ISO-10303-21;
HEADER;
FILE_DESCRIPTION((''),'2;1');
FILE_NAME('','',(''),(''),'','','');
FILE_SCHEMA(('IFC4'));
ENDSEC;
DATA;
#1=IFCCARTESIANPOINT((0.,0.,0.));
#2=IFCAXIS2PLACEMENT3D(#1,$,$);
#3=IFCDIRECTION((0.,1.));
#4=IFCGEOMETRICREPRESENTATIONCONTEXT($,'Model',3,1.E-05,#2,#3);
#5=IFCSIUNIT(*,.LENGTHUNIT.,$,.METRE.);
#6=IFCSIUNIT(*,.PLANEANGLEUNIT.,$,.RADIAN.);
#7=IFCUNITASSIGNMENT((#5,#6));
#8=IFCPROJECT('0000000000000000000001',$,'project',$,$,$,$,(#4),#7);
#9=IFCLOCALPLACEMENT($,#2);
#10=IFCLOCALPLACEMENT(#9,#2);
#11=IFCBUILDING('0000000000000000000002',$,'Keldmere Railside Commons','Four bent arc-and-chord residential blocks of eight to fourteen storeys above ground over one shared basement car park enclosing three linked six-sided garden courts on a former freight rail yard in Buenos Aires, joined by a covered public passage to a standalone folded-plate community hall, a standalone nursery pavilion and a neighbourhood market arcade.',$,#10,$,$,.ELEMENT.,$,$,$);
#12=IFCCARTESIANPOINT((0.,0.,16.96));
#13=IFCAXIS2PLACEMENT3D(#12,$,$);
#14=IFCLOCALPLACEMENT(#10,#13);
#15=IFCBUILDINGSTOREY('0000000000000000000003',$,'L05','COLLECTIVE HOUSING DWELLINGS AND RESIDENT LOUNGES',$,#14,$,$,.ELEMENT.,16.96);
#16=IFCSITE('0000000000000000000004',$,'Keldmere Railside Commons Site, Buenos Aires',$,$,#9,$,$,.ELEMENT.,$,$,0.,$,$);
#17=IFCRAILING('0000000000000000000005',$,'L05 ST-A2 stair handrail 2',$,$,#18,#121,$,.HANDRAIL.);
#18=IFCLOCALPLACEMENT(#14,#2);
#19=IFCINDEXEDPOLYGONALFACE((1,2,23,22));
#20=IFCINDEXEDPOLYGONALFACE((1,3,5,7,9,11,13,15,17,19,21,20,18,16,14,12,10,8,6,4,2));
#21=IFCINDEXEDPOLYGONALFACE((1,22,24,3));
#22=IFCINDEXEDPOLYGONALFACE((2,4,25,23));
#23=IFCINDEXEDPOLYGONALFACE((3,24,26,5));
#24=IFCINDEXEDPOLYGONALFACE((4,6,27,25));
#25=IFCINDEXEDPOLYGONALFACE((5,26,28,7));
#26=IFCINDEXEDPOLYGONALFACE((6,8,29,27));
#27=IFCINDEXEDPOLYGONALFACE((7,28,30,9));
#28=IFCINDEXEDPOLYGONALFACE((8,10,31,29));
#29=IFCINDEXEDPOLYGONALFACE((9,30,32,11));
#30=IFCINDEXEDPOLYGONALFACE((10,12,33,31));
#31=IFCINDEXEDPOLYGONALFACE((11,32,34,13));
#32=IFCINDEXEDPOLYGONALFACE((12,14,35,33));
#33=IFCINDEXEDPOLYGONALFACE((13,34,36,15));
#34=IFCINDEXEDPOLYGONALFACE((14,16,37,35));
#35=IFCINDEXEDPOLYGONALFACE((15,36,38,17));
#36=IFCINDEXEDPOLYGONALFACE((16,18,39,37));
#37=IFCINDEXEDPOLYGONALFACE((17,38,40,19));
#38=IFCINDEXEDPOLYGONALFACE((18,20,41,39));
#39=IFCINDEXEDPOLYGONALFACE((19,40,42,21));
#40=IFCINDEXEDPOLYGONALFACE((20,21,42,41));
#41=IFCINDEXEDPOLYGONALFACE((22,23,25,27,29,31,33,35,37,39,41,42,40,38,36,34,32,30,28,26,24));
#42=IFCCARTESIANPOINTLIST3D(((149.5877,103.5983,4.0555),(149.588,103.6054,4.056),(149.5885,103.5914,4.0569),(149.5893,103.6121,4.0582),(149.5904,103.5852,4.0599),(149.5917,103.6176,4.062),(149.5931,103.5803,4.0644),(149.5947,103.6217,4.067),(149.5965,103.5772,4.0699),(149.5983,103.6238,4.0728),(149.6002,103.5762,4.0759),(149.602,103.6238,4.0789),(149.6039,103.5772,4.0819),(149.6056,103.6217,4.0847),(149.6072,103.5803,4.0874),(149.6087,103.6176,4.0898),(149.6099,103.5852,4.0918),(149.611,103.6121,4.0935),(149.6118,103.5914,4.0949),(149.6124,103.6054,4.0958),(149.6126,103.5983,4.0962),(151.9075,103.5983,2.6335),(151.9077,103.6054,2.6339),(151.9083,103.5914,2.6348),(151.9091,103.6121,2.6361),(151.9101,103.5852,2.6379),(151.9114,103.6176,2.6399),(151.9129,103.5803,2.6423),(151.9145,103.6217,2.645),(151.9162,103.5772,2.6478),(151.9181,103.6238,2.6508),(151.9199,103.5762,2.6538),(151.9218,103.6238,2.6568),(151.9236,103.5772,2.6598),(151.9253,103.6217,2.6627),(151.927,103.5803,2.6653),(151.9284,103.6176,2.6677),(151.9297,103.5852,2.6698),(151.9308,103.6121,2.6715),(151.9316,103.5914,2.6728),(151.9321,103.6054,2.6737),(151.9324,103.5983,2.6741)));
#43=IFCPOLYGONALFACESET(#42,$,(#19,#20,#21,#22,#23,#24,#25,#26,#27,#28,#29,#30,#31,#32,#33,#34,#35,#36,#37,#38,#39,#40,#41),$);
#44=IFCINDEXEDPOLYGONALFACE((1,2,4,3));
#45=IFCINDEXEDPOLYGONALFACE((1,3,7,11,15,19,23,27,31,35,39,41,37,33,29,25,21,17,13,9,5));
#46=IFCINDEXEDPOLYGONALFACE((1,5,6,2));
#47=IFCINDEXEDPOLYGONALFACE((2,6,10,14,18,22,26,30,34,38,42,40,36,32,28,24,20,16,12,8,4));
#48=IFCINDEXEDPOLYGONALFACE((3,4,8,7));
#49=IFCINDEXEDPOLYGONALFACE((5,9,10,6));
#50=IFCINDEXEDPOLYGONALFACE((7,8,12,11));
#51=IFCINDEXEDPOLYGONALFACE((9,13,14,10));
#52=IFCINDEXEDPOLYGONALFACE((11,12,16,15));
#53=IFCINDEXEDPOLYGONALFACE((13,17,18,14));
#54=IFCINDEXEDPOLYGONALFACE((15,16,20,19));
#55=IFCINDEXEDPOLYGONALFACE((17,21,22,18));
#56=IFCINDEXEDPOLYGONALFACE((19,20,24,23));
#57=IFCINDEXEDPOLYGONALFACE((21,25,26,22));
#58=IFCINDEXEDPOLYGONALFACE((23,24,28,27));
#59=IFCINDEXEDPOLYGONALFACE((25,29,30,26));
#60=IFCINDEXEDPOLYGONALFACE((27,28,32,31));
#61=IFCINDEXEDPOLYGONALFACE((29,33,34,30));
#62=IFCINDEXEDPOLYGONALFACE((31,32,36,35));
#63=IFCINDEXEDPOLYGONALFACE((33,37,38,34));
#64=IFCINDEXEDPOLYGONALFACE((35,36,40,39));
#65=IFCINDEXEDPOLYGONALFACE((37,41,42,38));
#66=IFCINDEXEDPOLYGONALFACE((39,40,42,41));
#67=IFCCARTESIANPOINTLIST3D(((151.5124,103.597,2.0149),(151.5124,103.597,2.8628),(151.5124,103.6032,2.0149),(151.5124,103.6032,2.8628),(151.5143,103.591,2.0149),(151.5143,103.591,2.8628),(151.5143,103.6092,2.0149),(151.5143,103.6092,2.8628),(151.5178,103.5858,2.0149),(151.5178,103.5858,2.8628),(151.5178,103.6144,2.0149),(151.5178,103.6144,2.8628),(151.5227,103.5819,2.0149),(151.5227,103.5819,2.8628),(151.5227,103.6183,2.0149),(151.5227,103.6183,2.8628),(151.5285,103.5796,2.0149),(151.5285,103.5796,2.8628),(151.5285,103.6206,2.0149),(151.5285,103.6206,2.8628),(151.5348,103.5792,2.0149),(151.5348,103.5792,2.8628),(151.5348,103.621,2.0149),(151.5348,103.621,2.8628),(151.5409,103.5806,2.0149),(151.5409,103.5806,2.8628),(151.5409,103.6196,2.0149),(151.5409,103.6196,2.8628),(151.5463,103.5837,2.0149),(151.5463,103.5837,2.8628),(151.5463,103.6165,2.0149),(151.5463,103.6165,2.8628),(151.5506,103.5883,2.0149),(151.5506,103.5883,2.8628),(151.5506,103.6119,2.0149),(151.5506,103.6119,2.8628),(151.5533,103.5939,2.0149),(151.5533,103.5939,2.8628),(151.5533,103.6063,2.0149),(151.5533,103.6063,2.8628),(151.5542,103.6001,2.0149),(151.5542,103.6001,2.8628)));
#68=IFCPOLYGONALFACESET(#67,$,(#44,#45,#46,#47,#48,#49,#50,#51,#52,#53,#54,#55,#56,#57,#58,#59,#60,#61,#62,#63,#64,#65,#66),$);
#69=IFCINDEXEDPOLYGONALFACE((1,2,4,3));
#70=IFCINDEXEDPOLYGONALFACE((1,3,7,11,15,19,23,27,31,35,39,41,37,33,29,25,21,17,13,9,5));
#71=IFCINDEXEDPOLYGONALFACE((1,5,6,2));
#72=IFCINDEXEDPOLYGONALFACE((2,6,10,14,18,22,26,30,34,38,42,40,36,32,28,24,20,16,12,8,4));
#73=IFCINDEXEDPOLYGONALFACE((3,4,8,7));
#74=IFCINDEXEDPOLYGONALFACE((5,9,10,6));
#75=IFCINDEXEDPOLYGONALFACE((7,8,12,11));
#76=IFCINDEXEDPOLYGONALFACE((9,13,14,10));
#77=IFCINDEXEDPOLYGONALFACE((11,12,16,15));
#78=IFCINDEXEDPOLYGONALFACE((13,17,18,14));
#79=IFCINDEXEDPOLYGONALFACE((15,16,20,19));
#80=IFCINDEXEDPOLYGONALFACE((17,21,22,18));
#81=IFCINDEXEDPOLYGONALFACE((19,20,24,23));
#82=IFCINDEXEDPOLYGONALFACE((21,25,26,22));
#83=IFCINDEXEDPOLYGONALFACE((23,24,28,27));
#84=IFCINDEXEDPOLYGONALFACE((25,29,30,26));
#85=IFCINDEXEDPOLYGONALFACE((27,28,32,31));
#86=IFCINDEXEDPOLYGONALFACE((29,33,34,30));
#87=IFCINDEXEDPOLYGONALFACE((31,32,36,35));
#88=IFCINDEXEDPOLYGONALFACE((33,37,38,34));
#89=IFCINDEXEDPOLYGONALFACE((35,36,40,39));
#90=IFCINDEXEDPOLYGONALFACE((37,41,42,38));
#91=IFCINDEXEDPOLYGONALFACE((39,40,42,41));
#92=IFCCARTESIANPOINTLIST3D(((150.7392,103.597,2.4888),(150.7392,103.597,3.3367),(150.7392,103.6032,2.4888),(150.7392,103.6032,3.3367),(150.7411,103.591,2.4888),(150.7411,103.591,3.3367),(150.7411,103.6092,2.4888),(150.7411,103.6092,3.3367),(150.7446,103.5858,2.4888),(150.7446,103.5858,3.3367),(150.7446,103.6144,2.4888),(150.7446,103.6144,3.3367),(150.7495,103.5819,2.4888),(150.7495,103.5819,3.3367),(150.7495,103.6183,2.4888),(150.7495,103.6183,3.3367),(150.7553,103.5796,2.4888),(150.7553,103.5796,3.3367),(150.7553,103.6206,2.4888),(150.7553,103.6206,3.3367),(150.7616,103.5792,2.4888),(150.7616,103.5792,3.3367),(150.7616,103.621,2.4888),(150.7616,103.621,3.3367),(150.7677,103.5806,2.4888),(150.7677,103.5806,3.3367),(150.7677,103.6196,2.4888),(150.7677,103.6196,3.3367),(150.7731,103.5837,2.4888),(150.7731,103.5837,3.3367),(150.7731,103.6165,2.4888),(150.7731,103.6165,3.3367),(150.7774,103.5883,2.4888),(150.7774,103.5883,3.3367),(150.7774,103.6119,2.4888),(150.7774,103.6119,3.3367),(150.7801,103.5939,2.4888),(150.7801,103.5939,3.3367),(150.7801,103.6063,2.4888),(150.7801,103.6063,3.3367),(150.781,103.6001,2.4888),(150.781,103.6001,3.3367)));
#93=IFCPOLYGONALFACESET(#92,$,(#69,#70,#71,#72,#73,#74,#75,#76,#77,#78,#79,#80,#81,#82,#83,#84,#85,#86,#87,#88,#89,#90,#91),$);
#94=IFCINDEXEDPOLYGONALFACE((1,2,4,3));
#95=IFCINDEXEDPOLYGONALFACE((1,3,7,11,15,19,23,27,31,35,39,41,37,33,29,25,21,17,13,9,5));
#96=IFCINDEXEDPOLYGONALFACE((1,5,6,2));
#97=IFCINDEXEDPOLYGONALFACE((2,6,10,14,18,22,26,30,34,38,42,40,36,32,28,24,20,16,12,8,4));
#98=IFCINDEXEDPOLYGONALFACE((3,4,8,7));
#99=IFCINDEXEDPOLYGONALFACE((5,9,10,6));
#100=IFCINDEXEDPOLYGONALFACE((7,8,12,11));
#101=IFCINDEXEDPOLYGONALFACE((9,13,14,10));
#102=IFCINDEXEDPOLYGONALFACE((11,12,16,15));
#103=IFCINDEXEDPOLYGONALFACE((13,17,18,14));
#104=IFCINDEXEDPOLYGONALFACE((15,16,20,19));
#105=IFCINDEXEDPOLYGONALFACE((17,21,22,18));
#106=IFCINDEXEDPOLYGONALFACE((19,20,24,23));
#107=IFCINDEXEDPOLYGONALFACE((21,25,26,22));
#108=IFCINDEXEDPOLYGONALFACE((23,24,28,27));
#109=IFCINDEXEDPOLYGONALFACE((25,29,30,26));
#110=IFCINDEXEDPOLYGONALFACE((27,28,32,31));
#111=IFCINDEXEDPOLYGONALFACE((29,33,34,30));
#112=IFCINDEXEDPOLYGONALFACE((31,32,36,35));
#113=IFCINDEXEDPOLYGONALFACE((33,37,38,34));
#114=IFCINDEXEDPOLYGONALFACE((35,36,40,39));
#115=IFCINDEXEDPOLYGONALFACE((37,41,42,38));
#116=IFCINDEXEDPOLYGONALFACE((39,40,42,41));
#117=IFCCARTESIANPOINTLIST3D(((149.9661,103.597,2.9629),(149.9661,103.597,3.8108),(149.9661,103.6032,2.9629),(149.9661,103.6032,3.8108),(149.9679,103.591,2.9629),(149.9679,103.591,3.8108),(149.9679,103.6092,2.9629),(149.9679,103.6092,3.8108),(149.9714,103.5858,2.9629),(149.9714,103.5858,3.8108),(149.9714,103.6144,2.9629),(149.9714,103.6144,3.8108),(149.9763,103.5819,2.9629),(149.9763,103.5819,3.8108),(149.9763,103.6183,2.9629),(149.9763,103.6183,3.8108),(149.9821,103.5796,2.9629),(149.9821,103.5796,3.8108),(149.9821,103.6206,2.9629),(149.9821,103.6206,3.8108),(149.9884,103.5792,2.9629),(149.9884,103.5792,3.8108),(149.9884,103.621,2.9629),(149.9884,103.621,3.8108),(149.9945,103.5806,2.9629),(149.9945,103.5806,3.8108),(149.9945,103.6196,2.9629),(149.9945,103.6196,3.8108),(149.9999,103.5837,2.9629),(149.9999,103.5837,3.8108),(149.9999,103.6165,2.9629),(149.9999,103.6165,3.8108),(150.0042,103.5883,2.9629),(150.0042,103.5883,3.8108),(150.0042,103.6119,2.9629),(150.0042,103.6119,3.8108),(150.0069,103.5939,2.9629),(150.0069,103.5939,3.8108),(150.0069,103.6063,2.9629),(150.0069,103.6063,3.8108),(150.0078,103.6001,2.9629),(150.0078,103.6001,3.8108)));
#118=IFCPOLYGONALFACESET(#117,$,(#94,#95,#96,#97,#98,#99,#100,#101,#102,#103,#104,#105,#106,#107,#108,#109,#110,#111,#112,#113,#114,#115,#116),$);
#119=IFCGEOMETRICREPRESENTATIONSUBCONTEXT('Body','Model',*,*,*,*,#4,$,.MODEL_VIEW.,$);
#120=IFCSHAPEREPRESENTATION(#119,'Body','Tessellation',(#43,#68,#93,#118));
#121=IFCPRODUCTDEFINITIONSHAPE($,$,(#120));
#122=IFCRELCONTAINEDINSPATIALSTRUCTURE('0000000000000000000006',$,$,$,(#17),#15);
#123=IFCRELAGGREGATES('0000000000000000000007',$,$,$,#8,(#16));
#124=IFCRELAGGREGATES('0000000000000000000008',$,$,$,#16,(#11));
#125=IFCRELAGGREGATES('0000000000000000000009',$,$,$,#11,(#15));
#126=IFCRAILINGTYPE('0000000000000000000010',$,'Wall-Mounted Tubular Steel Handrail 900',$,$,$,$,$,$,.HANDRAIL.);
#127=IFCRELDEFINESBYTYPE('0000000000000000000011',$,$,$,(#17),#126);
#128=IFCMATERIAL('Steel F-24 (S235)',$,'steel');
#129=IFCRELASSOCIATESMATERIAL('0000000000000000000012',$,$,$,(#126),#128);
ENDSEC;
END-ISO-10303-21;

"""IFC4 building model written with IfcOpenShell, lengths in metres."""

from ifc_helpers import new_model, si_unit, direction, frame, origin, origin_2d, place, context, subcontext, project, spatial, circle, extrude, material, type_object, element, save


model = new_model("IFC4")

# Units and contexts
model_context = context("Model", 3, precision=1e-05, world=origin(), true_north=direction((0.0, 1.0)))
body_context = subcontext(model_context, "Body", "Model", "MODEL_VIEW")
ifc_project = project(units=[si_unit("LENGTHUNIT", "METRE"), si_unit("PLANEANGLEUNIT", "RADIAN")], contexts=[model_context])

# Site, building, storey
site_placement = place(None, origin())
site = spatial("IfcSite", under=ifc_project, at=site_placement, Name="Keldmere Railside Commons Site, Buenos Aires", CompositionType="ELEMENT", RefElevation=0.0)
building_placement = place(site_placement, origin())
building = spatial("IfcBuilding", under=site, at=building_placement, Name="Keldmere Railside Commons", Description="Four bent arc-and-chord residential blocks of eight to fourteen storeys above ground over one shared basement car park enclosing three linked six-sided garden courts on a former freight rail yard in Buenos Aires, joined by a covered public passage to a standalone folded-plate community hall, a standalone nursery pavilion and a neighbourhood market arcade.", CompositionType="ELEMENT")
storey_placement = place(building_placement, frame((0.0, 0.0, 16.96)))
storey = spatial("IfcBuildingStorey", under=building, at=storey_placement, Name="L05", Description="COLLECTIVE HOUSING DWELLINGS AND RESIDENT LOUNGES", CompositionType="ELEMENT", Elevation=16.96)

# Shared definitions
ifc_material_1 = material(Name="Steel F-24 (S235)", Category="steel")

# Railing
railing_type_1 = type_object("IfcRailingType", Name="Wall-Mounted Tubular Steel Handrail 900", PredefinedType="HANDRAIL", material=ifc_material_1)
railing_1_placement = place(storey_placement, frame((151.9199, 103.6001, 1.7778)))
element("IfcRailing", 1, at=railing_1_placement, inside=storey, type_object=railing_type_1, Name="L05 ST-A2 stair handrail 2", PredefinedType="HANDRAIL", context=body_context, shape_type="SweptSolid", body=[
    extrude(circle(Radius=0.0239, at=origin_2d()), frame((0.0, 0.0, 0.876), z_axis=(-0.852554, 0.0, 0.52264), x_axis=(0.0, -1.0, 0.0)), (0.0, 0.0, 1.0), 2.7209),
    extrude(circle(Radius=0.021, at=origin_2d()), frame((-0.3867, 0.0, 0.2371)), (0.0, 0.0, 1.0), 0.8479),
    extrude(circle(Radius=0.021, at=origin_2d()), frame((-1.1599, 0.0, 0.7109)), (0.0, 0.0, 1.0), 0.8479),
    extrude(circle(Radius=0.021, at=origin_2d()), frame((-1.9331, 0.0, 1.1851)), (0.0, 0.0, 1.0), 0.8479),
])

save(model, "model.ifc")
